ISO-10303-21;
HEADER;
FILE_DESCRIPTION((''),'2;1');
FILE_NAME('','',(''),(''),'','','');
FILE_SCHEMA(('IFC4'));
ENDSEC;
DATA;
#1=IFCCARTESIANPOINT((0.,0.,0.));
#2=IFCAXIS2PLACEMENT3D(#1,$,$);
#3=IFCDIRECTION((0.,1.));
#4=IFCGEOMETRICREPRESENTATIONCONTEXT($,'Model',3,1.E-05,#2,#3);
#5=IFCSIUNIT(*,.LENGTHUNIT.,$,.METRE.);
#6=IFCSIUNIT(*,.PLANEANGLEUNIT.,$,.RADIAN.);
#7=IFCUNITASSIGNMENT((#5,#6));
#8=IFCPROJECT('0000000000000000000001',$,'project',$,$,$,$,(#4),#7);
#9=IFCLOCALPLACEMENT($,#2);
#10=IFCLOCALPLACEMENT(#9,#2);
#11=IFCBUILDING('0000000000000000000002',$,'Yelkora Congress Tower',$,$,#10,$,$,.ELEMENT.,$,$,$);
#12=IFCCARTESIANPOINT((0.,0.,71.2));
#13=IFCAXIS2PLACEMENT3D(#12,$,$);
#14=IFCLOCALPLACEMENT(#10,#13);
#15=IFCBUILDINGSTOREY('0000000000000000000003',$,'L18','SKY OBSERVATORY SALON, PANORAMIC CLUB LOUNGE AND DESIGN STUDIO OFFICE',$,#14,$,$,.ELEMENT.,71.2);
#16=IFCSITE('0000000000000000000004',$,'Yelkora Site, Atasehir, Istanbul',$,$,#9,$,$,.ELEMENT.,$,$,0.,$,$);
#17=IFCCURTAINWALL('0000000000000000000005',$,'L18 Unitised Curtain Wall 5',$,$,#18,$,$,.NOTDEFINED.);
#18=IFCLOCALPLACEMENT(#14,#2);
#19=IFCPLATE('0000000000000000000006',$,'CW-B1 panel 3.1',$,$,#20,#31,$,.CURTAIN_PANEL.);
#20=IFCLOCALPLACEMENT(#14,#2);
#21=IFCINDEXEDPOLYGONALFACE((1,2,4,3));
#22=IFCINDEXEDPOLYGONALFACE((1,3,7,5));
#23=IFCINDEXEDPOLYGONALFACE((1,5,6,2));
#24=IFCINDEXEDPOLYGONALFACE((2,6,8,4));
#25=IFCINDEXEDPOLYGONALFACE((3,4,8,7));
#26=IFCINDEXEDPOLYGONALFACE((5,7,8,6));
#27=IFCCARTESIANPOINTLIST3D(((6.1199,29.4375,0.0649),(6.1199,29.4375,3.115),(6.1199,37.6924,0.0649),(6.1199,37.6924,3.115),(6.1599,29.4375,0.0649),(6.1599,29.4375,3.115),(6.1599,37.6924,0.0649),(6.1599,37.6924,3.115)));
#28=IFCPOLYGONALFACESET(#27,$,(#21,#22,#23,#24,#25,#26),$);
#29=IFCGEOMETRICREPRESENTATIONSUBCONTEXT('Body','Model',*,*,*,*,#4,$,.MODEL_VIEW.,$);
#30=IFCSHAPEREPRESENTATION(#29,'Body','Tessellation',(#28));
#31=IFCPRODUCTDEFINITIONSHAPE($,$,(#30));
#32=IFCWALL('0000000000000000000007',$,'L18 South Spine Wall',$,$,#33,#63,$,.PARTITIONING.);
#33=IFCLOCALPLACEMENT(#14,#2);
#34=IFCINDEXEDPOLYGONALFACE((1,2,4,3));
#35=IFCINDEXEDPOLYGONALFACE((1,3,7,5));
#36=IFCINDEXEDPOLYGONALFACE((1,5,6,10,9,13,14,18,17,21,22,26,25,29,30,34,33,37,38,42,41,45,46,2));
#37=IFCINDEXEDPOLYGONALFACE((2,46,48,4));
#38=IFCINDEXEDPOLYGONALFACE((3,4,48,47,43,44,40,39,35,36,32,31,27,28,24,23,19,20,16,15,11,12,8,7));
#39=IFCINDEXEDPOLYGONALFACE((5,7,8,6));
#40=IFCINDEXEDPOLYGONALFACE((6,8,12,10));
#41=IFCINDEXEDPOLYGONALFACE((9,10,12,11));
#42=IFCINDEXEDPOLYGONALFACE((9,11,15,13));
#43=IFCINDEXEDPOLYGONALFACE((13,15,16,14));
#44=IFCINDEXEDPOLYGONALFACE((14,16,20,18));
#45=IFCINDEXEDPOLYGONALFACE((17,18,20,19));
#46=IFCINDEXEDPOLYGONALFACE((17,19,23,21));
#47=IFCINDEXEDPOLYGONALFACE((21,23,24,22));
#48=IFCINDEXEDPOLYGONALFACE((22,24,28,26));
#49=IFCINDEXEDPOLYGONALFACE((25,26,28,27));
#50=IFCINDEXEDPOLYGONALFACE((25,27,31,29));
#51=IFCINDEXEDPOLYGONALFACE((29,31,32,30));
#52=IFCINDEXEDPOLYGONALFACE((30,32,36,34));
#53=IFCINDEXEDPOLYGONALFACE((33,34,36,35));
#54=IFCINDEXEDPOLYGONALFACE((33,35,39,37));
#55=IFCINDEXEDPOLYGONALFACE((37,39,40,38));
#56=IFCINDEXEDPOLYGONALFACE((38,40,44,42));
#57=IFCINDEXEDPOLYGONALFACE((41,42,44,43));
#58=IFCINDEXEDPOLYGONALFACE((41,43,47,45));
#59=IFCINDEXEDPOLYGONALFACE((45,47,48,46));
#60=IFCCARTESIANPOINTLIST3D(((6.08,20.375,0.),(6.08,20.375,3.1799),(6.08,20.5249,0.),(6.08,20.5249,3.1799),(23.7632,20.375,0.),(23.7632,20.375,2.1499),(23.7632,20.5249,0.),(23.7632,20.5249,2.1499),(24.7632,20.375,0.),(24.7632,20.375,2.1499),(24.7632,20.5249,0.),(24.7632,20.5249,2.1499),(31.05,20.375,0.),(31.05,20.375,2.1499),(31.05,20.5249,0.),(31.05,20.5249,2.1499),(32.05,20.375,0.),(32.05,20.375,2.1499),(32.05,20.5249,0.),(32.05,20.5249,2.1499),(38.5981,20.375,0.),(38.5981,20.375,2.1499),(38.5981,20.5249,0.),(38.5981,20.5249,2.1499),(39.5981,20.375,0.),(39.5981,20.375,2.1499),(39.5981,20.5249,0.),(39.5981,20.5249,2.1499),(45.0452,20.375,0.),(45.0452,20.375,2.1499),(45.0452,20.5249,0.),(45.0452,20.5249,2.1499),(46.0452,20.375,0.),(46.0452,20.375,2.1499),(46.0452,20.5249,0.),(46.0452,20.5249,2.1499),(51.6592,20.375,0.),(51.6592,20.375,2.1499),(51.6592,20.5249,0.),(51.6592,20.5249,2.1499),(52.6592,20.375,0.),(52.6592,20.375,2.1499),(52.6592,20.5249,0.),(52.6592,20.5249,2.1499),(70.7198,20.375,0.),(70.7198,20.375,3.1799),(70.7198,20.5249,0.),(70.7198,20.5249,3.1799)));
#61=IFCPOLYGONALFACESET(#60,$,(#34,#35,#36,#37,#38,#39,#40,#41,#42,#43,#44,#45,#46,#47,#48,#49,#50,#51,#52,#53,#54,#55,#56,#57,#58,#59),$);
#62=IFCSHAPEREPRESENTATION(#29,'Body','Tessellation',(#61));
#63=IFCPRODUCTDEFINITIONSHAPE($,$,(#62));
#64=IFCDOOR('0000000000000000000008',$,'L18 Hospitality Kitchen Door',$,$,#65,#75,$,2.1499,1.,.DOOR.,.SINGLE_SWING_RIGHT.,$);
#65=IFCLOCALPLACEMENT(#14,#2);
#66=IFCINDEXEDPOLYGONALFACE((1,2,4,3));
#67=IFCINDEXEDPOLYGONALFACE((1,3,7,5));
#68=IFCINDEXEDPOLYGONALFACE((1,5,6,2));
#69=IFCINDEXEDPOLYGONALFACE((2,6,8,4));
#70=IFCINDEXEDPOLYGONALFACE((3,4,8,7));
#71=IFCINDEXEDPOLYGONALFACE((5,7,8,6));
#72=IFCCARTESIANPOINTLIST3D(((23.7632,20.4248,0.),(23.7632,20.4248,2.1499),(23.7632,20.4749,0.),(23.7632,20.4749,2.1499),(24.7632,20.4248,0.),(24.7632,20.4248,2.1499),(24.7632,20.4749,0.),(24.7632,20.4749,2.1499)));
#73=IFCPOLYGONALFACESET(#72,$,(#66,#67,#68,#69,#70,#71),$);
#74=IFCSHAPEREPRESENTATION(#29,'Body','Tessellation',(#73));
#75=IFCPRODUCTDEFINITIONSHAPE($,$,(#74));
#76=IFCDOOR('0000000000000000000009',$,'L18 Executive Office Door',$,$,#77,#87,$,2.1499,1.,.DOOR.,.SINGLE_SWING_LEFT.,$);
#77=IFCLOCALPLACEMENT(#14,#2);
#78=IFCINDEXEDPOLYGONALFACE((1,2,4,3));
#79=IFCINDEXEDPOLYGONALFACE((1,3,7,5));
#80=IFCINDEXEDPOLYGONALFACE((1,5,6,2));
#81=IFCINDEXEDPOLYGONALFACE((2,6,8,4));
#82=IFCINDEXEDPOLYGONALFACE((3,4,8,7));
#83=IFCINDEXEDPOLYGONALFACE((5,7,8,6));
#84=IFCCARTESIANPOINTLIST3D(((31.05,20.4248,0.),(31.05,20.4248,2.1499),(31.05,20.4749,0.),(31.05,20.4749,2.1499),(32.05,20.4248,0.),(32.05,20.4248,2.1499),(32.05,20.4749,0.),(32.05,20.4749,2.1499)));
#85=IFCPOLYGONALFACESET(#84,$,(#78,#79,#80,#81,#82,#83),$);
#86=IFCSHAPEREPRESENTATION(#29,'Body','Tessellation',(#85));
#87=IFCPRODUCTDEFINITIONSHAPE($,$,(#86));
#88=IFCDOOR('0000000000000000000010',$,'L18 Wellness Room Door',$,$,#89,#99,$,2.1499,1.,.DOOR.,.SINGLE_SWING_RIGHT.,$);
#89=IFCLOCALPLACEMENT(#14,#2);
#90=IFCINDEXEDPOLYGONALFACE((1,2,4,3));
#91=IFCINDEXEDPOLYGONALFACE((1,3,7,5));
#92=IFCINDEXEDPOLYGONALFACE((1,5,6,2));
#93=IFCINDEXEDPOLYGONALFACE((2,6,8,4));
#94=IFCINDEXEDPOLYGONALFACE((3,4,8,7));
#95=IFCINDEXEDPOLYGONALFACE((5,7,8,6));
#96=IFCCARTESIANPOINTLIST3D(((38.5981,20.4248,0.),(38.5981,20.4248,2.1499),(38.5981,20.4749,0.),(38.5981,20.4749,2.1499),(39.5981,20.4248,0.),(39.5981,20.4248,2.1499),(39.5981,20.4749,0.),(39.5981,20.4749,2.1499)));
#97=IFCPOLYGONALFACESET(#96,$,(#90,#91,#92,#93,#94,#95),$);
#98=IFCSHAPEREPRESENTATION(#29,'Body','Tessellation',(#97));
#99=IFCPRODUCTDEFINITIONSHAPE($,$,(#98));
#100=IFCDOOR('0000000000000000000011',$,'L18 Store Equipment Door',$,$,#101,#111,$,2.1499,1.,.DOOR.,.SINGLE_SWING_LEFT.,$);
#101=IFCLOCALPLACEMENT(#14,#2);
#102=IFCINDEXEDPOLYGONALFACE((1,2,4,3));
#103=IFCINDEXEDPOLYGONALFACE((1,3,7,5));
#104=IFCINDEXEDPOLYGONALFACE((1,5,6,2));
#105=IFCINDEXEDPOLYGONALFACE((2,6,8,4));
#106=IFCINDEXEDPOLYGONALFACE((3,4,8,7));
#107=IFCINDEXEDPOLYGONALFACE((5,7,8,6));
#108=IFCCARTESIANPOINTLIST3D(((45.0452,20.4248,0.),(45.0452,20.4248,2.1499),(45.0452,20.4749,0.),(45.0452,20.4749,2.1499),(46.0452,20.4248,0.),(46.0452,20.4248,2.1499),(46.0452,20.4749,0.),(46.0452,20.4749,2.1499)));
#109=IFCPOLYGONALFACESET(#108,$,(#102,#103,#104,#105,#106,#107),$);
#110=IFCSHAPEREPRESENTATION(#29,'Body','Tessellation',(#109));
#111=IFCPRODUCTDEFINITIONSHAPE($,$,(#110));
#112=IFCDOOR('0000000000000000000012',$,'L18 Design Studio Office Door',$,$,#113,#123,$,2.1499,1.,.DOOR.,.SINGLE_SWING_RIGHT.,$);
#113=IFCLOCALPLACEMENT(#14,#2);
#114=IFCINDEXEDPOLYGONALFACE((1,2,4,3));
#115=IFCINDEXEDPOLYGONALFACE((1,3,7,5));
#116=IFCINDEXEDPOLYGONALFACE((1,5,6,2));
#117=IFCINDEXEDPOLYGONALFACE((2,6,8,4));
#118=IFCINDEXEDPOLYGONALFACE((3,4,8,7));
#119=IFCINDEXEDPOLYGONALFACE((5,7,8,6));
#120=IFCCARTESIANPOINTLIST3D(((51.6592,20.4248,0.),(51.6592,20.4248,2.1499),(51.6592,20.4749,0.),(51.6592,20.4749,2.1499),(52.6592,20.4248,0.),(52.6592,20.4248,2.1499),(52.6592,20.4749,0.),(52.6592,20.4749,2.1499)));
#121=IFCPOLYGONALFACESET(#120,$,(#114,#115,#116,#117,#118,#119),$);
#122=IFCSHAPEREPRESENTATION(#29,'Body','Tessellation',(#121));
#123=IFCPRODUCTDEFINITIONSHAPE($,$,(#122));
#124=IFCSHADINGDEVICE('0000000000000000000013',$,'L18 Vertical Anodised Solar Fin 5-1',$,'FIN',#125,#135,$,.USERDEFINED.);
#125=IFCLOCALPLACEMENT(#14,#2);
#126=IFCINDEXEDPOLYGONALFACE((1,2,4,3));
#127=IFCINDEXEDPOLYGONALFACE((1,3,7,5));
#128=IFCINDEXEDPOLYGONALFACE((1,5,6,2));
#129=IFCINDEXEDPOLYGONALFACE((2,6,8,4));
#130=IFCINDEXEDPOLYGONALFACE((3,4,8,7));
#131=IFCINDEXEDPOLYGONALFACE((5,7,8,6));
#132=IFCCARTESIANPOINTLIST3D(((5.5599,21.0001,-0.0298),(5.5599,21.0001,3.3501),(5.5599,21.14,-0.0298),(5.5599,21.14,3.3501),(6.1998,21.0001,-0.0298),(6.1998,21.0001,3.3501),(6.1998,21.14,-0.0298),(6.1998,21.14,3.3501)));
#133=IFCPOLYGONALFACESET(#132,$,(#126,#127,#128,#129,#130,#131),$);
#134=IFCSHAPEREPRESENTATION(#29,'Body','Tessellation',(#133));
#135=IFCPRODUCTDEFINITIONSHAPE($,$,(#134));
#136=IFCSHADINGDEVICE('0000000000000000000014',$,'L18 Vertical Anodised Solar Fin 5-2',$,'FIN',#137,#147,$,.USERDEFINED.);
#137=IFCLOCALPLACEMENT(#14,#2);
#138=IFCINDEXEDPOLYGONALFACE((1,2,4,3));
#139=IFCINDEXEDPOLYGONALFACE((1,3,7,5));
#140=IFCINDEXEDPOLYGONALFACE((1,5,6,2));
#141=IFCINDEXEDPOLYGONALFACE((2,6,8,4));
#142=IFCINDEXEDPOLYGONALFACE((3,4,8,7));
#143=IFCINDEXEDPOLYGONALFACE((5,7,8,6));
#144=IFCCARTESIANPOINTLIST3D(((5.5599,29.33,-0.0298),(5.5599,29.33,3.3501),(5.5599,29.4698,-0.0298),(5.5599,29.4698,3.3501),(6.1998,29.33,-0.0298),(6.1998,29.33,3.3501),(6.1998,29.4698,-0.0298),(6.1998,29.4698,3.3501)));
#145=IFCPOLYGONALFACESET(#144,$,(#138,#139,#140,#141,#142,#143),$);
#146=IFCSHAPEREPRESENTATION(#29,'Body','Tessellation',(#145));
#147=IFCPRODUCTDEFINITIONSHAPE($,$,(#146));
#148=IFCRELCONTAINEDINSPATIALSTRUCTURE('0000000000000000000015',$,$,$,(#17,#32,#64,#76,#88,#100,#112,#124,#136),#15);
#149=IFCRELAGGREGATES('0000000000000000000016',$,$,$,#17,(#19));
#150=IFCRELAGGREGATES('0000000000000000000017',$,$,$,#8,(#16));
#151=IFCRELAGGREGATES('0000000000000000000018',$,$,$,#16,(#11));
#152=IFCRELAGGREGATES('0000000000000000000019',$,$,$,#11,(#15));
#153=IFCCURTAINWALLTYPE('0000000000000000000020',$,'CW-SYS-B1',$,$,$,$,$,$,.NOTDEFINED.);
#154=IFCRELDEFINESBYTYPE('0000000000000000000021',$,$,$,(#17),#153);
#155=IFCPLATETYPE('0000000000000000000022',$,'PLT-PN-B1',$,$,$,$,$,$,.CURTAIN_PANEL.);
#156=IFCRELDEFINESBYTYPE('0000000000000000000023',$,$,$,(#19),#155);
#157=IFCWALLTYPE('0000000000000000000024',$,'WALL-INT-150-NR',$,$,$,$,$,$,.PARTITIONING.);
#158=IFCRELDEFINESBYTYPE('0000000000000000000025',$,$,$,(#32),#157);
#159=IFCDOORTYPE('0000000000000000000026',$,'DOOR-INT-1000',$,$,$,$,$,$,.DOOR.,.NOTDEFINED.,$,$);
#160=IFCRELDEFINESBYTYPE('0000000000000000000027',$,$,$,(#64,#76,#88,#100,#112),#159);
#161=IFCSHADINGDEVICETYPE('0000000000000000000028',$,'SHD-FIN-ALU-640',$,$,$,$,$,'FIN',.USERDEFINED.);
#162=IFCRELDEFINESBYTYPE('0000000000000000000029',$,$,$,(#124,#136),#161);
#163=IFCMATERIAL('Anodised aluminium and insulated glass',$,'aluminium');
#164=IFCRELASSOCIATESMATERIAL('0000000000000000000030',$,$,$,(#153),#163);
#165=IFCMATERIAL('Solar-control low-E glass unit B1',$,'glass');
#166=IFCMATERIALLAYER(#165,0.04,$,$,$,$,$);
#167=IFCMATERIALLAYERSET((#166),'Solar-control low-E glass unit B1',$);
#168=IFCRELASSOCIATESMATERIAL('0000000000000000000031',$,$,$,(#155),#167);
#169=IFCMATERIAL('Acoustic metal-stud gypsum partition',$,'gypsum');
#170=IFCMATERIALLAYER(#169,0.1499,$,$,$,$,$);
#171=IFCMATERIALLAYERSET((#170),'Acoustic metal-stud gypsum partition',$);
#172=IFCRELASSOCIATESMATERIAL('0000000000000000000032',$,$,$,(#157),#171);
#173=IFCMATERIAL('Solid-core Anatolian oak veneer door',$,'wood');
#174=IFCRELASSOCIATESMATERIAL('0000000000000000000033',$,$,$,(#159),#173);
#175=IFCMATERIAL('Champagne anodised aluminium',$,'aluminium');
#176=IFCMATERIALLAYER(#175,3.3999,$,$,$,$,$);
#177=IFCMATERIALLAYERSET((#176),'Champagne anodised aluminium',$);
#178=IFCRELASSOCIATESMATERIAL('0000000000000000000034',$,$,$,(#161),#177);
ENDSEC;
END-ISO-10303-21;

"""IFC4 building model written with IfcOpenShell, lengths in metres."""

from ifc_helpers import new_model, si_unit, direction, frame, frame_2d, origin, origin_2d, place, context, subcontext, project, spatial, rectangle, extrude, material, layer, layer_set, type_object, element, fill, aggregate, save


model = new_model("IFC4")

# Units and contexts
model_context = context("Model", 3, precision=1e-05, world=origin(), true_north=direction((0.0, 1.0)))
body_context = subcontext(model_context, "Body", "Model", "MODEL_VIEW")
ifc_project = project(units=[si_unit("LENGTHUNIT", "METRE"), si_unit("PLANEANGLEUNIT", "RADIAN")], contexts=[model_context])

# Site, building, storey
site_placement = place(None, origin())
site = spatial("IfcSite", under=ifc_project, at=site_placement, Name="Yelkora Site, Atasehir, Istanbul", CompositionType="ELEMENT", RefElevation=0.0)
building_placement = place(site_placement, origin())
building = spatial("IfcBuilding", under=site, at=building_placement, Name="Yelkora Congress Tower", CompositionType="ELEMENT")
storey_placement = place(building_placement, frame((0.0, 0.0, 71.2)))
storey = spatial("IfcBuildingStorey", under=building, at=storey_placement, Name="L18", Description="SKY OBSERVATORY SALON, PANORAMIC CLUB LOUNGE AND DESIGN STUDIO OFFICE", CompositionType="ELEMENT", Elevation=71.2)

# Curtain wall, plate
ifc_material_1 = material(Name="Anodised aluminium and insulated glass", Category="aluminium")
curtain_wall_type = type_object("IfcCurtainWallType", Name="CW-SYS-B1", PredefinedType="NOTDEFINED", material=ifc_material_1)
curtain_wall_placement = place(storey_placement, origin())
curtain_wall = element("IfcCurtainWall", 1, at=curtain_wall_placement, inside=storey, type_object=curtain_wall_type, Name="L18 Unitised Curtain Wall 5", PredefinedType="NOTDEFINED")
ifc_material_2 = material(Name="Solar-control low-E glass unit B1", Category="glass")
ifc_layer_1 = layer(ifc_material_2, 0.04)
ifc_layer_set_1 = layer_set([ifc_layer_1], Name="Solar-control low-E glass unit B1")
plate_type = type_object("IfcPlateType", Name="PLT-PN-B1", PredefinedType="CURTAIN_PANEL", material=ifc_layer_set_1)
plate_1_placement = place(storey_placement, frame((6.1399, 33.5649, 0.0649), z_axis=(0.0, 0.0, 1.0), x_axis=(0.0, 1.0, 0.0)))
plate_1 = element("IfcPlate", 2, at=plate_1_placement, type_object=plate_type, Name="CW-B1 panel 3.1", PredefinedType="CURTAIN_PANEL", context=body_context, shape_type="SweptSolid", body=[
    extrude(rectangle(XDim=8.2549, YDim=0.04, at=origin_2d()), origin(), (0.0, 0.0, 1.0), 3.05),
])
aggregate(curtain_wall, [plate_1])

# Wall, openings, doors
ifc_material_3 = material(Name="Acoustic metal-stud gypsum partition", Category="gypsum")
ifc_layer_2 = layer(ifc_material_3, 0.1499)
ifc_layer_set_2 = layer_set([ifc_layer_2], Name="Acoustic metal-stud gypsum partition")
wall_type = type_object("IfcWallType", Name="WALL-INT-150-NR", PredefinedType="PARTITIONING", material=ifc_layer_set_2)
wall_placement = place(storey_placement, frame((6.0801, 20.45, 0.0), z_axis=(0.0, 0.0, 1.0), x_axis=(1.0, 0.0, 0.0)))
wall = element("IfcWall", 3, at=wall_placement, inside=storey, type_object=wall_type, Name="L18 South Spine Wall", PredefinedType="PARTITIONING", context=body_context, shape_type="SweptSolid", body=[
    extrude(rectangle(XDim=64.6399, YDim=0.1499, at=frame_2d((32.3198, 0.0))), origin(), (0.0, 0.0, 1.0), 3.1799),
])
opening_1_placement = place(wall_placement, frame((17.6831, 0.0, 0.0)))
opening_1 = element("IfcOpeningElement", 4, at=opening_1_placement, cuts=wall, PredefinedType="OPENING", context=body_context, shape_type="SweptSolid", body=[
    extrude(rectangle(XDim=1.0, YDim=2.1499, at=frame_2d((0.5, 1.075))), frame((0.0, 0.085, 0.0), z_axis=(0.0, -1.0, 0.0), x_axis=(1.0, 0.0, 0.0)), (0.0, 0.0, 1.0), 0.1699),
])
opening_2_placement = place(wall_placement, frame((24.97, 0.0, 0.0)))
opening_2 = element("IfcOpeningElement", 5, at=opening_2_placement, cuts=wall, PredefinedType="OPENING", context=body_context, shape_type="SweptSolid", body=[
    extrude(rectangle(XDim=1.0, YDim=2.1499, at=frame_2d((0.5, 1.075))), frame((0.0, 0.085, 0.0), z_axis=(0.0, -1.0, 0.0), x_axis=(1.0, 0.0, 0.0)), (0.0, 0.0, 1.0), 0.1699),
])
opening_3_placement = place(wall_placement, frame((32.5181, 0.0, 0.0)))
opening_3 = element("IfcOpeningElement", 6, at=opening_3_placement, cuts=wall, PredefinedType="OPENING", context=body_context, shape_type="SweptSolid", body=[
    extrude(rectangle(XDim=1.0, YDim=2.1499, at=frame_2d((0.5, 1.075))), frame((0.0, 0.085, 0.0), z_axis=(0.0, -1.0, 0.0), x_axis=(1.0, 0.0, 0.0)), (0.0, 0.0, 1.0), 0.1699),
])
opening_4_placement = place(wall_placement, frame((38.9651, 0.0, 0.0)))
opening_4 = element("IfcOpeningElement", 7, at=opening_4_placement, cuts=wall, PredefinedType="OPENING", context=body_context, shape_type="SweptSolid", body=[
    extrude(rectangle(XDim=1.0, YDim=2.1499, at=frame_2d((0.5, 1.075))), frame((0.0, 0.085, 0.0), z_axis=(0.0, -1.0, 0.0), x_axis=(1.0, 0.0, 0.0)), (0.0, 0.0, 1.0), 0.1699),
])
opening_5_placement = place(wall_placement, frame((45.5791, 0.0, 0.0)))
opening_5 = element("IfcOpeningElement", 8, at=opening_5_placement, cuts=wall, PredefinedType="OPENING", context=body_context, shape_type="SweptSolid", body=[
    extrude(rectangle(XDim=1.0, YDim=2.1499, at=frame_2d((0.5, 1.075))), frame((0.0, 0.085, 0.0), z_axis=(0.0, -1.0, 0.0), x_axis=(1.0, 0.0, 0.0)), (0.0, 0.0, 1.0), 0.1699),
])
ifc_material_4 = material(Name="Solid-core Anatolian oak veneer door", Category="wood")
door_type = type_object("IfcDoorType", Name="DOOR-INT-1000", OperationType="NOTDEFINED", PredefinedType="DOOR", material=ifc_material_4)
door_1_placement = place(opening_1_placement, origin())
door_1 = element("IfcDoor", 9, at=door_1_placement, inside=storey, type_object=door_type, Name="L18 Hospitality Kitchen Door", OperationType="SINGLE_SWING_RIGHT", OverallHeight=2.1499, OverallWidth=1.0, PredefinedType="DOOR", context=body_context, shape_type="SweptSolid", body=[
    extrude(rectangle(XDim=1.0, YDim=2.1499, at=frame_2d((0.5, 1.075))), frame((0.0, 0.0249, 0.0), z_axis=(0.0, -1.0, 0.0), x_axis=(1.0, 0.0, 0.0)), (0.0, 0.0, 1.0), 0.05),
])
fill(opening_1, door_1)
door_2_placement = place(opening_2_placement, origin())
door_2 = element("IfcDoor", 10, at=door_2_placement, inside=storey, type_object=door_type, Name="L18 Executive Office Door", OperationType="SINGLE_SWING_LEFT", OverallHeight=2.1499, OverallWidth=1.0, PredefinedType="DOOR", context=body_context, shape_type="SweptSolid", body=[
    extrude(rectangle(XDim=1.0, YDim=2.1499, at=frame_2d((0.5, 1.075))), frame((0.0, 0.0249, 0.0), z_axis=(0.0, -1.0, 0.0), x_axis=(1.0, 0.0, 0.0)), (0.0, 0.0, 1.0), 0.05),
])
fill(opening_2, door_2)
door_3_placement = place(opening_3_placement, origin())
door_3 = element("IfcDoor", 11, at=door_3_placement, inside=storey, type_object=door_type, Name="L18 Wellness Room Door", OperationType="SINGLE_SWING_RIGHT", OverallHeight=2.1499, OverallWidth=1.0, PredefinedType="DOOR", context=body_context, shape_type="SweptSolid", body=[
    extrude(rectangle(XDim=1.0, YDim=2.1499, at=frame_2d((0.5, 1.075))), frame((0.0, 0.0249, 0.0), z_axis=(0.0, -1.0, 0.0), x_axis=(1.0, 0.0, 0.0)), (0.0, 0.0, 1.0), 0.05),
])
fill(opening_3, door_3)
door_4_placement = place(opening_4_placement, origin())
door_4 = element("IfcDoor", 12, at=door_4_placement, inside=storey, type_object=door_type, Name="L18 Store Equipment Door", OperationType="SINGLE_SWING_LEFT", OverallHeight=2.1499, OverallWidth=1.0, PredefinedType="DOOR", context=body_context, shape_type="SweptSolid", body=[
    extrude(rectangle(XDim=1.0, YDim=2.1499, at=frame_2d((0.5, 1.075))), frame((0.0, 0.0249, 0.0), z_axis=(0.0, -1.0, 0.0), x_axis=(1.0, 0.0, 0.0)), (0.0, 0.0, 1.0), 0.05),
])
fill(opening_4, door_4)
door_5_placement = place(opening_5_placement, origin())
door_5 = element("IfcDoor", 13, at=door_5_placement, inside=storey, type_object=door_type, Name="L18 Design Studio Office Door", OperationType="SINGLE_SWING_RIGHT", OverallHeight=2.1499, OverallWidth=1.0, PredefinedType="DOOR", context=body_context, shape_type="SweptSolid", body=[
    extrude(rectangle(XDim=1.0, YDim=2.1499, at=frame_2d((0.5, 1.075))), frame((0.0, 0.0249, 0.0), z_axis=(0.0, -1.0, 0.0), x_axis=(1.0, 0.0, 0.0)), (0.0, 0.0, 1.0), 0.05),
])
fill(opening_5, door_5)

# Shading devices
ifc_material_5 = material(Name="Champagne anodised aluminium", Category="aluminium")
ifc_layer_3 = layer(ifc_material_5, 3.3999)
ifc_layer_set_3 = layer_set([ifc_layer_3], Name="Champagne anodised aluminium")
shading_device_type = type_object("IfcShadingDeviceType", Name="SHD-FIN-ALU-640", ElementType="FIN", PredefinedType="USERDEFINED", material=ifc_layer_set_3)
for number, where, z_axis, x_axis, name in (
    (14, (5.8799, 21.0701, -0.0298), (0.0, 0.0, 1.0), (0.0, 1.0, 0.0), "L18 Vertical Anodised Solar Fin 5-1"),
    (15, (5.8799, 29.3999, -0.0298), (0.0, 0.0, 1.0), (0.0, 1.0, 0.0), "L18 Vertical Anodised Solar Fin 5-2"),
):
    element("IfcShadingDevice", number, at=place(storey_placement, frame(where, z_axis=z_axis, x_axis=x_axis)), inside=storey, type_object=shading_device_type, Name=name, ObjectType="FIN", PredefinedType="USERDEFINED", context=body_context, shape_type="SweptSolid", body=[
        extrude(rectangle(XDim=0.1399, YDim=0.6399, at=origin_2d()), origin(), (0.0, 0.0, 1.0), 3.3799),
    ])

save(model, "model.ifc")
